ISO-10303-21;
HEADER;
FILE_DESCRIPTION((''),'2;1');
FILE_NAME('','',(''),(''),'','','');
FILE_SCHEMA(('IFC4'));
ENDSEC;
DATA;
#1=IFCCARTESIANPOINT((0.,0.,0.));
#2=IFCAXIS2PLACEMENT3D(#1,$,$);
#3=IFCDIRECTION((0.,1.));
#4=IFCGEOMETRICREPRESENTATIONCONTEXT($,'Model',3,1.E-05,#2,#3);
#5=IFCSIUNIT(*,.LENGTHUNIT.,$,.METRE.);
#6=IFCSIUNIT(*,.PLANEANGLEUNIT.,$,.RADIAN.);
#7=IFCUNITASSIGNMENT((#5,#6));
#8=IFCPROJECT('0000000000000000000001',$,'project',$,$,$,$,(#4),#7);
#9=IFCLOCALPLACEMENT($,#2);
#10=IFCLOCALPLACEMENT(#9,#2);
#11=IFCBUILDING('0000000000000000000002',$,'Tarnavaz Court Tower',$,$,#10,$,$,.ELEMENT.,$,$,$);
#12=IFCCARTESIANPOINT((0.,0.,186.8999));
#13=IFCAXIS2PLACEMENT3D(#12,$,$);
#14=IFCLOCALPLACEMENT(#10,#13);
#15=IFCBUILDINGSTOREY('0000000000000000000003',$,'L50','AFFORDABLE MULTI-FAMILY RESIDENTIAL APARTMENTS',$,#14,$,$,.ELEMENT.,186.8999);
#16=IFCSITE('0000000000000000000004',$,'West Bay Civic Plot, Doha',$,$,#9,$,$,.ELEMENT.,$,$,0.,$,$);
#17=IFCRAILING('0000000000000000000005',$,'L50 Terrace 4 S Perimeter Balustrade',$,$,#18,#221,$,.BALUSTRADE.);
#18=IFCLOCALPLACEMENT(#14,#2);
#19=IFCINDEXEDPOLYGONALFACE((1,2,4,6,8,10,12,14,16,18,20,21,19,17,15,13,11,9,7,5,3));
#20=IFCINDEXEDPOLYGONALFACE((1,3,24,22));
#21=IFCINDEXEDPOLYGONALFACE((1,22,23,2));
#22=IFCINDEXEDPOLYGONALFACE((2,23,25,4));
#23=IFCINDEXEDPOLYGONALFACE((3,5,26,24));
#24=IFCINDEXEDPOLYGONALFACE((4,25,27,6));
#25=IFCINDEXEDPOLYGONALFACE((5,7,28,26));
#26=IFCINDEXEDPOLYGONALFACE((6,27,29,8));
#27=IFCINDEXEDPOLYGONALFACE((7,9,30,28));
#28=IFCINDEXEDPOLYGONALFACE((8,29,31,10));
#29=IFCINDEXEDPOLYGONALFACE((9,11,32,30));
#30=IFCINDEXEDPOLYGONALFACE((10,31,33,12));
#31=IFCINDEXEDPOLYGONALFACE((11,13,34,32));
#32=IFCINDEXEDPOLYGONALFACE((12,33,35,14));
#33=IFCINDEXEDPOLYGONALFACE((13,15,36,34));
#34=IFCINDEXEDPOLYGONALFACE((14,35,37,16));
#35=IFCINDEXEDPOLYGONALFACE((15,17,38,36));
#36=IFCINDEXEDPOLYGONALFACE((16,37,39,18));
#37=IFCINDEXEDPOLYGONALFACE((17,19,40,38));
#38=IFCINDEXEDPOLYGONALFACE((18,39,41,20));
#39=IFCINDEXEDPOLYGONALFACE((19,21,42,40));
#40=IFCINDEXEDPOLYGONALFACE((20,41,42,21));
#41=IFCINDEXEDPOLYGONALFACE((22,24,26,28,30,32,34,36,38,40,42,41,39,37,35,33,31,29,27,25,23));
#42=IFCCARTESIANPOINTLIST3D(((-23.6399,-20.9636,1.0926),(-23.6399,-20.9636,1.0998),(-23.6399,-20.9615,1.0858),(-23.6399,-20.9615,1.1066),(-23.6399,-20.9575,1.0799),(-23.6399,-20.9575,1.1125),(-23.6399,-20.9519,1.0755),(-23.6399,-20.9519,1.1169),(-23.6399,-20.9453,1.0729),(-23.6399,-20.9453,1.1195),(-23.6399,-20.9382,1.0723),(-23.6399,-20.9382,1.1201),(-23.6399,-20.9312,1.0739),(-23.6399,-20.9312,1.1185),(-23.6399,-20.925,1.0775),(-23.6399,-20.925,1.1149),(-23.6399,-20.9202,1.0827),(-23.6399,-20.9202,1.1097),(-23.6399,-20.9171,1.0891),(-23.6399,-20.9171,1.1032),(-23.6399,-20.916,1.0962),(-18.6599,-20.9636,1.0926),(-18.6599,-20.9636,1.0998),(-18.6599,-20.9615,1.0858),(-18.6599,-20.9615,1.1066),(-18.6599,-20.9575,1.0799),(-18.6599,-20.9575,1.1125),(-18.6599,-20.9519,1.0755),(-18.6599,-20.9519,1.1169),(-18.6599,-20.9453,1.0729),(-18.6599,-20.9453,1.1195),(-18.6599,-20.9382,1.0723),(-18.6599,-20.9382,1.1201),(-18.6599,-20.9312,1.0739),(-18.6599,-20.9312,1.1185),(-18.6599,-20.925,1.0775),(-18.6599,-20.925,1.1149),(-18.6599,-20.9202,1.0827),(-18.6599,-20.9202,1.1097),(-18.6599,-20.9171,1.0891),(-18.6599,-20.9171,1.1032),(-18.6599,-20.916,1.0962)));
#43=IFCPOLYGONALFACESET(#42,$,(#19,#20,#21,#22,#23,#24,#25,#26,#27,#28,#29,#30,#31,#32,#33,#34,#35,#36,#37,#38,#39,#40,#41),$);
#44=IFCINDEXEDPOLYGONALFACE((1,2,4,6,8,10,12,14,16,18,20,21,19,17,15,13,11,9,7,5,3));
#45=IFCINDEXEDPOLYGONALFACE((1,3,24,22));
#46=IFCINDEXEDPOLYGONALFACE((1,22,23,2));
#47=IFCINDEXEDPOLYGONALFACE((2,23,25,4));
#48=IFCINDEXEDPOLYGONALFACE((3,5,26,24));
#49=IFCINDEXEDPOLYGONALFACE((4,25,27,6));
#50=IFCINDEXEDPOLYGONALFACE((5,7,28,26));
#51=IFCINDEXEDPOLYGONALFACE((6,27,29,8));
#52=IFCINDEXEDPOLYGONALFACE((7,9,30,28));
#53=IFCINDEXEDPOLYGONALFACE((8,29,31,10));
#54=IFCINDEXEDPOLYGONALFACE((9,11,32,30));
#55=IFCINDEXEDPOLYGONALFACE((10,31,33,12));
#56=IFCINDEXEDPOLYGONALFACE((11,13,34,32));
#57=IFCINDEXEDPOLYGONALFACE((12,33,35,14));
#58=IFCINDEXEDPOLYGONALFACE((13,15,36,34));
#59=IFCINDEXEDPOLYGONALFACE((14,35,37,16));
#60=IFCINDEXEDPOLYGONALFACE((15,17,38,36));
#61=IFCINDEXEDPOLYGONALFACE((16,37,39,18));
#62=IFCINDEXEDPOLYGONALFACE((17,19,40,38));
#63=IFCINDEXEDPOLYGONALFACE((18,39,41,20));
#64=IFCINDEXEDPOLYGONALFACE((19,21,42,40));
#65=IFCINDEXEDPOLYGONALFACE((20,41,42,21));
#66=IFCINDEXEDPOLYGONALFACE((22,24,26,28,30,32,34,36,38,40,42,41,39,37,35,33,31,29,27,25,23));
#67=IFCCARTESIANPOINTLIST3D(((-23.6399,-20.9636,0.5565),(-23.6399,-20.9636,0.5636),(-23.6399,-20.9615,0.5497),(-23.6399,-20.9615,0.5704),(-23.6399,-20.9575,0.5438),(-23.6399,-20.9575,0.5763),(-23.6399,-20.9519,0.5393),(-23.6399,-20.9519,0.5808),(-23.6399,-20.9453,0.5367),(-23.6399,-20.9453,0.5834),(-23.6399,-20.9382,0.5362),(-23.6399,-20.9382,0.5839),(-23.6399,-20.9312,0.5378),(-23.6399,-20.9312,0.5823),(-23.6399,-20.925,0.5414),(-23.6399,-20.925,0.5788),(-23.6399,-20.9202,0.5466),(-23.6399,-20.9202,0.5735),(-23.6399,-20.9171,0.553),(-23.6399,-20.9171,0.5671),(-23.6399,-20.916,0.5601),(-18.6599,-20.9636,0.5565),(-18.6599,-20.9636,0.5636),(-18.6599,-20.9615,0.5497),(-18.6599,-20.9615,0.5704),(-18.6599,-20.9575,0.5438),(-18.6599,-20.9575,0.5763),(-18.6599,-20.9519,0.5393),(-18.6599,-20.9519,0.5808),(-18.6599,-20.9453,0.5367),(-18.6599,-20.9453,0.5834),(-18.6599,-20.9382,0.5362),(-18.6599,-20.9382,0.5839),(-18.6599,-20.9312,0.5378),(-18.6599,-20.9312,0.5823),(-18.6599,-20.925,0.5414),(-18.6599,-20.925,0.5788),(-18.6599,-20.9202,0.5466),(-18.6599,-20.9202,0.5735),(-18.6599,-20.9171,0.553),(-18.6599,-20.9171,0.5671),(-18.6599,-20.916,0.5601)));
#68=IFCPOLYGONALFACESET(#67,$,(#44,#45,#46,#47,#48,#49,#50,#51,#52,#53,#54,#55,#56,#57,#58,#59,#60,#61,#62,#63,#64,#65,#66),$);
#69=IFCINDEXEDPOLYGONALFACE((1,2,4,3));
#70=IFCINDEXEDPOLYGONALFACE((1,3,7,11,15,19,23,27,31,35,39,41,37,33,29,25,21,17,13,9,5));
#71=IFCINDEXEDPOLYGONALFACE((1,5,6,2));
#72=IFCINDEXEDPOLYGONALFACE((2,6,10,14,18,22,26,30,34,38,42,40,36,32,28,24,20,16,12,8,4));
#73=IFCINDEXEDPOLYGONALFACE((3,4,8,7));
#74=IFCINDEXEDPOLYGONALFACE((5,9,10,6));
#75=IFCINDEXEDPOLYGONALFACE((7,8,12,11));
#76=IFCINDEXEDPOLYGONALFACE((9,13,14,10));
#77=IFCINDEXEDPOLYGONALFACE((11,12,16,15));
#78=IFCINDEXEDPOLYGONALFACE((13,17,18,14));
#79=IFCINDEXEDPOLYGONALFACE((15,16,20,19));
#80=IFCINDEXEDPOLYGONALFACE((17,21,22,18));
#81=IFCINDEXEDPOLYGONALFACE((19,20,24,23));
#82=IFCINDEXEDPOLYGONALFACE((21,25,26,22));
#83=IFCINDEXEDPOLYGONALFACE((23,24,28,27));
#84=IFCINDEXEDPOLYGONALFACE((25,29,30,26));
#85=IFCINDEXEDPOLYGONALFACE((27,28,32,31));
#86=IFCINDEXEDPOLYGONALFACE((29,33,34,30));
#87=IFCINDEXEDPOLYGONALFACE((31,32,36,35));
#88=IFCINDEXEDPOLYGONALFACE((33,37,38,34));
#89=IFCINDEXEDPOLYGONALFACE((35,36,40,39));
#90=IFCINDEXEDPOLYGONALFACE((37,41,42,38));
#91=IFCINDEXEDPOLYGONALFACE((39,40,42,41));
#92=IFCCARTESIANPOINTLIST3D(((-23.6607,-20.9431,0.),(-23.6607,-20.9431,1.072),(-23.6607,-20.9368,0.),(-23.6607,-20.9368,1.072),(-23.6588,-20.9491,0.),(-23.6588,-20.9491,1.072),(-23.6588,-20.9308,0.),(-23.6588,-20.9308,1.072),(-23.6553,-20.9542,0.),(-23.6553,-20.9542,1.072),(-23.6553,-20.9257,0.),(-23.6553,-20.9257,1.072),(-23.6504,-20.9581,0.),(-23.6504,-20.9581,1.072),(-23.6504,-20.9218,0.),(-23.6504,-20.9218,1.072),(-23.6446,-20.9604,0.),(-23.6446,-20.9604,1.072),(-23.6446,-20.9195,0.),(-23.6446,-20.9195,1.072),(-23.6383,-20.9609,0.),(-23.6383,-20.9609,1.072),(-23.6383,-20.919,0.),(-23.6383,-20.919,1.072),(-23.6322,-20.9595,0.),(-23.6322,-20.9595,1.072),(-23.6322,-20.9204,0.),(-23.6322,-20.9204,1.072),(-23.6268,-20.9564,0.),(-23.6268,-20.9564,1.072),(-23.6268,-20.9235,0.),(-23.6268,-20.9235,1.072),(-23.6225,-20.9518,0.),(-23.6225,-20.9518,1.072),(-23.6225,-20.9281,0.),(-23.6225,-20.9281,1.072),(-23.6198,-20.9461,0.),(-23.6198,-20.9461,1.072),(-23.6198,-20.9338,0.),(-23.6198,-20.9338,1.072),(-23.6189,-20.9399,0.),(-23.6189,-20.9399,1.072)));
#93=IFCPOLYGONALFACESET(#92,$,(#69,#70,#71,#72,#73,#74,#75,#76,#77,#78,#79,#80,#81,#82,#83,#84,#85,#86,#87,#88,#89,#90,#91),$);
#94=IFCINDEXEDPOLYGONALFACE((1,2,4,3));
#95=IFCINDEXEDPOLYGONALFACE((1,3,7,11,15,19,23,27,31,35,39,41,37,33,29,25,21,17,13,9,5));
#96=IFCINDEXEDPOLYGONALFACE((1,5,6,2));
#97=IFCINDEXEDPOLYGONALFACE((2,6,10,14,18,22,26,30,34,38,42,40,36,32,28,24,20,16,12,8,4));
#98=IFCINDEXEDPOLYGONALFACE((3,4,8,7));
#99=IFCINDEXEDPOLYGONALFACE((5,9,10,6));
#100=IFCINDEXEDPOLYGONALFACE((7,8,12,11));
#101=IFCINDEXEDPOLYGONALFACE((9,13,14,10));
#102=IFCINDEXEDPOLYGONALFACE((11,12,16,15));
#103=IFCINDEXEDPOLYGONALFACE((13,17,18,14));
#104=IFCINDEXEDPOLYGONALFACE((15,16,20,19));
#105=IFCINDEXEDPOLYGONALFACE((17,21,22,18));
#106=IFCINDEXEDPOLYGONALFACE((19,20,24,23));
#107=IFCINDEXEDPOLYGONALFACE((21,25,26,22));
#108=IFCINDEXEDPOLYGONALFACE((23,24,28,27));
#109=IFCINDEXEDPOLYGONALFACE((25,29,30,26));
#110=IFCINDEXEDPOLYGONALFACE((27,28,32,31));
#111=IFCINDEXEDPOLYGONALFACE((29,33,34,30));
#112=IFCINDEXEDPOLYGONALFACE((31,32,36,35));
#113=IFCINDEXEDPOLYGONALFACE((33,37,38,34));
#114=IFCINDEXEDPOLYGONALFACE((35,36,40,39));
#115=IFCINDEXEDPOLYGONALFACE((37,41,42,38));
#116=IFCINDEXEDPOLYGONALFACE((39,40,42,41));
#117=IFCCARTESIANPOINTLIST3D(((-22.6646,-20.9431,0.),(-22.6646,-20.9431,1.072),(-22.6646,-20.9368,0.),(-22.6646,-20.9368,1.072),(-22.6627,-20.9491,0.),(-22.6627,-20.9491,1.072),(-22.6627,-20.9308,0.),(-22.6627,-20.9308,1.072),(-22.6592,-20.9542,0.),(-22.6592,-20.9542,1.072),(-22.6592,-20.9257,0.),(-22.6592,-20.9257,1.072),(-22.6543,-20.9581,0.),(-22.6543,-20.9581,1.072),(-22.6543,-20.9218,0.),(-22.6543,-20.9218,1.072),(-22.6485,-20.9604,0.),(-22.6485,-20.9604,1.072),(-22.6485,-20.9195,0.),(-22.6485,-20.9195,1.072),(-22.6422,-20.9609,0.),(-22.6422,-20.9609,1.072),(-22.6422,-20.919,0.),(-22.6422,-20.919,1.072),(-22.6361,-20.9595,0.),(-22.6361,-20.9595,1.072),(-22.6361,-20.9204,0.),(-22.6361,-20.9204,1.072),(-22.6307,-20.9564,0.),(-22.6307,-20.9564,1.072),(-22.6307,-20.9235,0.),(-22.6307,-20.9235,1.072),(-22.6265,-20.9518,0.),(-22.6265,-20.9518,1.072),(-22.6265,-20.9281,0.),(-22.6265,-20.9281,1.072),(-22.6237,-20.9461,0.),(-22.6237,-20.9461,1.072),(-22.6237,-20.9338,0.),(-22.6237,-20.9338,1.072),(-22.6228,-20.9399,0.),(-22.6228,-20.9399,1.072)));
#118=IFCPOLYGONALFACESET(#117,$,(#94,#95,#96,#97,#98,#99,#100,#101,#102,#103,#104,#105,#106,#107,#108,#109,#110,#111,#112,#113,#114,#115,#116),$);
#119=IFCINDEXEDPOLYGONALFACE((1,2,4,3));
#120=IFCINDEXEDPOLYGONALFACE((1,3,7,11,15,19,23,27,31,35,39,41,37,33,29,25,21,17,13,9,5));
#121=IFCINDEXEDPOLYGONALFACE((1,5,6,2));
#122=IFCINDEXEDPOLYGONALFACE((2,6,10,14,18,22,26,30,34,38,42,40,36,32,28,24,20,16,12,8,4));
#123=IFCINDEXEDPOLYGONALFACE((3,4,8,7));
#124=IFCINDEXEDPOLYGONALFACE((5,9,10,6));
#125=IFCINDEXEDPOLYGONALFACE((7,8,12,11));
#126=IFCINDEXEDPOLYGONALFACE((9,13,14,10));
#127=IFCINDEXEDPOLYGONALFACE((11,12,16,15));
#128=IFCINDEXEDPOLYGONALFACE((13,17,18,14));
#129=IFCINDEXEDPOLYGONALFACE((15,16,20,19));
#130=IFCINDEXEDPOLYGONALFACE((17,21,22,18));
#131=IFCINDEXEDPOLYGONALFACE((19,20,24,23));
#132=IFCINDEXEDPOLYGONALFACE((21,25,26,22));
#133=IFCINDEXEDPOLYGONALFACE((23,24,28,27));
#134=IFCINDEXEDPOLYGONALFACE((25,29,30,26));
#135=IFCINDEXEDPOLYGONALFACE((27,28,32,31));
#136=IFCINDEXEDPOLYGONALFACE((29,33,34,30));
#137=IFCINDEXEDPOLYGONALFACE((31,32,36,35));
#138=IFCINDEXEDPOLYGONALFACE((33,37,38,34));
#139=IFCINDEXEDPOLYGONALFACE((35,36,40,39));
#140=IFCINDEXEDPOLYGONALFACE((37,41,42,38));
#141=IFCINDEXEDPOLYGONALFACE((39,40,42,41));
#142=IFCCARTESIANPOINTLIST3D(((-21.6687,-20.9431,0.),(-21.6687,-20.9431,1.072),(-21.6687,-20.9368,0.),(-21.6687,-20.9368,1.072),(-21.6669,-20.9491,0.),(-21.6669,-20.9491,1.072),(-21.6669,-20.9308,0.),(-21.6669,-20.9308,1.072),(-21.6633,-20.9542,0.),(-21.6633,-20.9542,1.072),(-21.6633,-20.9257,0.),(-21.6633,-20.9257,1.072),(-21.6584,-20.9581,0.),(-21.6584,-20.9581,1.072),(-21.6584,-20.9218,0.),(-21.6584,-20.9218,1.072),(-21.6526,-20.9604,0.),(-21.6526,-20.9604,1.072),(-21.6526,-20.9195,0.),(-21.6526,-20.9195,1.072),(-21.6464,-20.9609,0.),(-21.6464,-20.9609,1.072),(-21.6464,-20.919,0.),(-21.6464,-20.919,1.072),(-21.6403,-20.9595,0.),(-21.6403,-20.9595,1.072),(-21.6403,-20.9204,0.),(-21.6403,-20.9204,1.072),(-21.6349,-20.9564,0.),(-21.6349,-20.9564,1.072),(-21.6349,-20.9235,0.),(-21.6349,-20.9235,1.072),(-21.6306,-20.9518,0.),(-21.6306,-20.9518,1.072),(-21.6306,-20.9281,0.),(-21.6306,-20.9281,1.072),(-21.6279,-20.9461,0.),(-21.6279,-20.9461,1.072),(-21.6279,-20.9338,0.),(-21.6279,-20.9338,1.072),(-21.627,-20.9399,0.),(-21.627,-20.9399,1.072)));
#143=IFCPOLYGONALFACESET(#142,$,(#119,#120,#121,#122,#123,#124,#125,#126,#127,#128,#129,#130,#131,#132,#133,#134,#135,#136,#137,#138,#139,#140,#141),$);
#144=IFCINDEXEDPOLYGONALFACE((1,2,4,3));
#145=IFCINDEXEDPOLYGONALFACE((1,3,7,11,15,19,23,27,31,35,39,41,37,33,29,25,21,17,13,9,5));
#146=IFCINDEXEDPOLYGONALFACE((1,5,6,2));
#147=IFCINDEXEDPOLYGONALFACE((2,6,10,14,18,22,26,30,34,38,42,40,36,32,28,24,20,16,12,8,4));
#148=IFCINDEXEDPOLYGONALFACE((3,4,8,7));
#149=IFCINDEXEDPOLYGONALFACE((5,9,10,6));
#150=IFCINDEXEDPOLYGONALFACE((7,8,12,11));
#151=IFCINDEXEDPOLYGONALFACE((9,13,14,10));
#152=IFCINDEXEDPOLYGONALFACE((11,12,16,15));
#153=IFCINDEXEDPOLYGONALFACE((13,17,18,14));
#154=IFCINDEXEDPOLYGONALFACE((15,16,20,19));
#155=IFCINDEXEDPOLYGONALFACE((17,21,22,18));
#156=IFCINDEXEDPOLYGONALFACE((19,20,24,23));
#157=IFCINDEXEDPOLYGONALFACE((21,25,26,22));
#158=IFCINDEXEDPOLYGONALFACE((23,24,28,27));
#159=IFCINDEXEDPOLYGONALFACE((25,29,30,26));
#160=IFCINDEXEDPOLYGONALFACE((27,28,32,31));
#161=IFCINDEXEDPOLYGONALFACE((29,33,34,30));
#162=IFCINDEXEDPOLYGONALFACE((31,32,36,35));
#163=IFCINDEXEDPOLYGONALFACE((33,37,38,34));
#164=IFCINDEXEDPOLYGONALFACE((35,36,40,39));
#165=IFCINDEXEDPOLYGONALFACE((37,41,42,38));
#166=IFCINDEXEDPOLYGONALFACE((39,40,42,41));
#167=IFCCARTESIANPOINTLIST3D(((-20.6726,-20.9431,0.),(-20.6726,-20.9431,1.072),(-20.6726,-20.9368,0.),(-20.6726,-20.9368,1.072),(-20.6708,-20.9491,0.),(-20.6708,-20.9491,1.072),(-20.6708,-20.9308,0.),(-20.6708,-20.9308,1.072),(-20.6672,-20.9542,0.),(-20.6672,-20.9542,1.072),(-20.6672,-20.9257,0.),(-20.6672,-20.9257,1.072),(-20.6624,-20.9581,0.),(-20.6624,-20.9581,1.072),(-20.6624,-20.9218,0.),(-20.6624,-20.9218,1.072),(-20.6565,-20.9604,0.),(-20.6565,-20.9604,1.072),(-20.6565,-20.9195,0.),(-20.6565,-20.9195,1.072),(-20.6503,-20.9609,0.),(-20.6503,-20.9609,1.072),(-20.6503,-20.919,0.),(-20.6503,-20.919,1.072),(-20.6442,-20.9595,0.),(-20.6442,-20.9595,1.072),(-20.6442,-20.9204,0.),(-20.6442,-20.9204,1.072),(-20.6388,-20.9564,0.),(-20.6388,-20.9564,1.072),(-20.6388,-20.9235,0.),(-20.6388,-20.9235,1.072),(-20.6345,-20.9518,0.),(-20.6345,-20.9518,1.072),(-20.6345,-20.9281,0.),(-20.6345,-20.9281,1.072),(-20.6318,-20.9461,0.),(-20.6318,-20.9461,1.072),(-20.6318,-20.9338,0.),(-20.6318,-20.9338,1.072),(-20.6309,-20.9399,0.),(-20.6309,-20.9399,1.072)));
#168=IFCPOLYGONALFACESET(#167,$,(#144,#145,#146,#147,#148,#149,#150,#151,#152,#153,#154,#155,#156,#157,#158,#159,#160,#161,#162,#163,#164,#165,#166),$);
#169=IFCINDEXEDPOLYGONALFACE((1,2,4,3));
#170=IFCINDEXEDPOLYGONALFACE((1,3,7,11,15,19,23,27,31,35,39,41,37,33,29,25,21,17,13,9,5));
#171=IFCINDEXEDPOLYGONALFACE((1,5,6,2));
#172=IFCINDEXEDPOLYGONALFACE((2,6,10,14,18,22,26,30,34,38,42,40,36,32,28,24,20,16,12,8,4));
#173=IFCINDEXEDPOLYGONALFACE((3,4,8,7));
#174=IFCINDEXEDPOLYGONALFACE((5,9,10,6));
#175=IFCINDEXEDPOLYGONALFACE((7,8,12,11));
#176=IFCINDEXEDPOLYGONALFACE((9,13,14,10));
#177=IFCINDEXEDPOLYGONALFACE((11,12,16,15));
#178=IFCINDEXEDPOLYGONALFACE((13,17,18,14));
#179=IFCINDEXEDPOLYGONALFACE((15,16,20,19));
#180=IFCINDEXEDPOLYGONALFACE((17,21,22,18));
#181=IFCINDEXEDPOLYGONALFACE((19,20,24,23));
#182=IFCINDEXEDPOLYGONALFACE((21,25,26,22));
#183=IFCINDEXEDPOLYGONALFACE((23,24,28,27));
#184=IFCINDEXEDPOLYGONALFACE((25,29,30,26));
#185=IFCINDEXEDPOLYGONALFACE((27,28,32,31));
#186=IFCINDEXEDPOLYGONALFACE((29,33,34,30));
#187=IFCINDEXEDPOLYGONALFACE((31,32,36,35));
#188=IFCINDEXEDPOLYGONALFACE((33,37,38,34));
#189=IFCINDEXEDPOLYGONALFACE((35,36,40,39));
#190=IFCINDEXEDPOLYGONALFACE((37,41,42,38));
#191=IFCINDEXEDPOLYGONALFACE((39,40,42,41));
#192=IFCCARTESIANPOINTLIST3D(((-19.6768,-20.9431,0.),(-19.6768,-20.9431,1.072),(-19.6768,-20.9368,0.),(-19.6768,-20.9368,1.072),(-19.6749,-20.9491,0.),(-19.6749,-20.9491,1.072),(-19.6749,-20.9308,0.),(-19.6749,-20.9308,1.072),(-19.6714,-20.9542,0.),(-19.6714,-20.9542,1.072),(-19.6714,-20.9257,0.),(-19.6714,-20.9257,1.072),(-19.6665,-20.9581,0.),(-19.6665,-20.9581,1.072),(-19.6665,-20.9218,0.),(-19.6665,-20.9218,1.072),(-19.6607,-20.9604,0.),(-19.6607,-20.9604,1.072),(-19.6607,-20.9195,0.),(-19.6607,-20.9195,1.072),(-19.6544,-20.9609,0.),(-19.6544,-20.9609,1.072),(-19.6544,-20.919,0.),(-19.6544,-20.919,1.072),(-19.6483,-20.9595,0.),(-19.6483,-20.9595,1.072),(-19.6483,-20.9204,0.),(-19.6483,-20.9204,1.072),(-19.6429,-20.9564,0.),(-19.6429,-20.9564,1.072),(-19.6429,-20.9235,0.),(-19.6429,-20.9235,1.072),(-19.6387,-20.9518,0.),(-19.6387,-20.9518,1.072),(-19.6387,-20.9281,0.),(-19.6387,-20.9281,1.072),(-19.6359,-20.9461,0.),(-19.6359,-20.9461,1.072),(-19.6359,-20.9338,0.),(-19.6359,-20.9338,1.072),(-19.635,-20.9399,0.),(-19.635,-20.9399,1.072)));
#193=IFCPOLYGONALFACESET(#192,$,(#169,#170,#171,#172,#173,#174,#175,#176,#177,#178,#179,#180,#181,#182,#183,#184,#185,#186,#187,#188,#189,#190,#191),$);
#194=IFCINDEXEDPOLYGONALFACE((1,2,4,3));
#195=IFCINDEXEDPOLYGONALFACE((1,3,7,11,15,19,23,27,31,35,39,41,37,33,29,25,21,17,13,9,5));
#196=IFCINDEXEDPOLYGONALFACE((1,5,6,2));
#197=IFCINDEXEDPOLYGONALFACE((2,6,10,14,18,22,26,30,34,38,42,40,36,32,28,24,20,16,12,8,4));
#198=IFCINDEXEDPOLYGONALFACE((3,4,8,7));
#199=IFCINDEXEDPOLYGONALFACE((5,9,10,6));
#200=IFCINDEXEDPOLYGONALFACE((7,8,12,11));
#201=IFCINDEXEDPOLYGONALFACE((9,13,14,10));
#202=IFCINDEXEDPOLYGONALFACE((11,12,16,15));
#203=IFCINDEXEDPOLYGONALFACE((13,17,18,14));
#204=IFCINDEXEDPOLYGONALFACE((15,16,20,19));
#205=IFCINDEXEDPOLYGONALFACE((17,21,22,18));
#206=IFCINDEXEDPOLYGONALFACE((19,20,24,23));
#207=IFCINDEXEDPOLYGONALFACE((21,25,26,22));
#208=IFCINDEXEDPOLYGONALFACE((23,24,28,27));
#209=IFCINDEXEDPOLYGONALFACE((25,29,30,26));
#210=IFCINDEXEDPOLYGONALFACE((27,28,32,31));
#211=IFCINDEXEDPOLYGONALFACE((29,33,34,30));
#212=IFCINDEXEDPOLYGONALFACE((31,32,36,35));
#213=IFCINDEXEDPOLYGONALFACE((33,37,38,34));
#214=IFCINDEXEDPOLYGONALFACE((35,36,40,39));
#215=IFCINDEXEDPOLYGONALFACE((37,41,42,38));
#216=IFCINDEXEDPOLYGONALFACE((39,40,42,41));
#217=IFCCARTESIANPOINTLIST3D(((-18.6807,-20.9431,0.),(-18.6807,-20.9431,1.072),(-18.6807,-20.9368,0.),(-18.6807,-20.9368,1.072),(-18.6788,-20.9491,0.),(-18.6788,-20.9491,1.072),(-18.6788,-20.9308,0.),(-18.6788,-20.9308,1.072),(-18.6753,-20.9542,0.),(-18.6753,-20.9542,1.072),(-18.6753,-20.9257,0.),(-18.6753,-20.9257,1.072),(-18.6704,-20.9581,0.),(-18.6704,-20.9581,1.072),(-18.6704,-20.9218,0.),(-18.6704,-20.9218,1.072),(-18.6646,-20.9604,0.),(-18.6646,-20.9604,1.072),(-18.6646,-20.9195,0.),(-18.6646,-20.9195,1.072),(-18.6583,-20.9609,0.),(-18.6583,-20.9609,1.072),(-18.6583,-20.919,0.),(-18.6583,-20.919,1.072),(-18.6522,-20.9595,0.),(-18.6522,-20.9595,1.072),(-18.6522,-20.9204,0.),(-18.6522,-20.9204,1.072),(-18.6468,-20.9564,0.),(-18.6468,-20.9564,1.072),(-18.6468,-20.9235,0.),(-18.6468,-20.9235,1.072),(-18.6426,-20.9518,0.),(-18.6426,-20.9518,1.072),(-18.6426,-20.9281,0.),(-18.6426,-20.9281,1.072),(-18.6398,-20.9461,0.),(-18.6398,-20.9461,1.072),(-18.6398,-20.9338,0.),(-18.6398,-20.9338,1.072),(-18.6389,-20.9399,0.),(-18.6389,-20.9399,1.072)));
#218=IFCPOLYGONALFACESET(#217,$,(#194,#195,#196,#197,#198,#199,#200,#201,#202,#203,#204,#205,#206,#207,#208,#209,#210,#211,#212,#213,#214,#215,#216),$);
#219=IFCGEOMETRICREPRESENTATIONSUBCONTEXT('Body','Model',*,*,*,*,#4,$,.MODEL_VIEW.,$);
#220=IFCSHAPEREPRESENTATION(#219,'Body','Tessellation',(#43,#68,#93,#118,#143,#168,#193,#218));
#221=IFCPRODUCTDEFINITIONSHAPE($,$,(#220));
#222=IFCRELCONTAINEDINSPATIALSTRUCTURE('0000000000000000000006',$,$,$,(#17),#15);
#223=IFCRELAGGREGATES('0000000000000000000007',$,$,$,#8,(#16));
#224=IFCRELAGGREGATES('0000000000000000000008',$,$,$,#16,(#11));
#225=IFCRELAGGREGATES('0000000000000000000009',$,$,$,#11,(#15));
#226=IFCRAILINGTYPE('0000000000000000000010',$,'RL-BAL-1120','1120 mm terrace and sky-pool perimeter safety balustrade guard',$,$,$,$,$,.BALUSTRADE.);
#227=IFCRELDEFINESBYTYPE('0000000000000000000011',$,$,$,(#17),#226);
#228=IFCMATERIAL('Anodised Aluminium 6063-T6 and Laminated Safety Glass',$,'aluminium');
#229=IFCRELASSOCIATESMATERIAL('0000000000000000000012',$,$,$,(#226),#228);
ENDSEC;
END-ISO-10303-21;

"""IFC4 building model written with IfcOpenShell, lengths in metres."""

from ifc_helpers import new_model, si_unit, direction, frame, origin, origin_2d, place, context, subcontext, project, spatial, circle, extrude, material, type_object, element, save


model = new_model("IFC4")

# Units and contexts
model_context = context("Model", 3, precision=1e-05, world=origin(), true_north=direction((0.0, 1.0)))
body_context = subcontext(model_context, "Body", "Model", "MODEL_VIEW")
ifc_project = project(units=[si_unit("LENGTHUNIT", "METRE"), si_unit("PLANEANGLEUNIT", "RADIAN")], contexts=[model_context])

# Site, building, storey
site_placement = place(None, origin())
site = spatial("IfcSite", under=ifc_project, at=site_placement, Name="West Bay Civic Plot, Doha", CompositionType="ELEMENT", RefElevation=0.0)
building_placement = place(site_placement, origin())
building = spatial("IfcBuilding", under=site, at=building_placement, Name="Tarnavaz Court Tower", CompositionType="ELEMENT")
storey_placement = place(building_placement, frame((0.0, 0.0, 186.8999)))
storey = spatial("IfcBuildingStorey", under=building, at=storey_placement, Name="L50", Description="AFFORDABLE MULTI-FAMILY RESIDENTIAL APARTMENTS", CompositionType="ELEMENT", Elevation=186.8999)

# Railing
ifc_material_1 = material(Name="Anodised Aluminium 6063-T6 and Laminated Safety Glass", Category="aluminium")
railing_type = type_object("IfcRailingType", Name="RL-BAL-1120", Description="1120 mm terrace and sky-pool perimeter safety balustrade guard", PredefinedType="BALUSTRADE", material=ifc_material_1)
railing_1_placement = place(storey_placement, frame((-23.6399, -20.9399, 0.0)))
element("IfcRailing", 1, at=railing_1_placement, inside=storey, type_object=railing_type, Name="L50 Terrace 4 S Perimeter Balustrade", PredefinedType="BALUSTRADE", context=body_context, shape_type="SweptSolid", body=[
    extrude(circle(Radius=0.0239, at=origin_2d()), frame((0.0, 0.0, 1.0962), z_axis=(1.0, 0.0, 0.0), x_axis=(0.0, 1.0, 0.0)), (0.0, 0.0, 1.0), 4.98),
    extrude(circle(Radius=0.0239, at=origin_2d()), frame((0.0, 0.0, 0.5601), z_axis=(1.0, 0.0, 0.0), x_axis=(0.0, 1.0, 0.0)), (0.0, 0.0, 1.0), 4.98),
    extrude(circle(Radius=0.021, at=origin_2d()), origin(), (0.0, 0.0, 1.0), 1.072),
    extrude(circle(Radius=0.021, at=origin_2d()), frame((0.9961, 0.0, 0.0)), (0.0, 0.0, 1.0), 1.072),
    extrude(circle(Radius=0.021, at=origin_2d()), frame((1.9919, 0.0, 0.0)), (0.0, 0.0, 1.0), 1.072),
    extrude(circle(Radius=0.021, at=origin_2d()), frame((2.988, 0.0, 0.0)), (0.0, 0.0, 1.0), 1.072),
    extrude(circle(Radius=0.021, at=origin_2d()), frame((3.9839, 0.0, 0.0)), (0.0, 0.0, 1.0), 1.072),
    extrude(circle(Radius=0.021, at=origin_2d()), frame((4.98, 0.0, 0.0)), (0.0, 0.0, 1.0), 1.072),
])

save(model, "model.ifc")
